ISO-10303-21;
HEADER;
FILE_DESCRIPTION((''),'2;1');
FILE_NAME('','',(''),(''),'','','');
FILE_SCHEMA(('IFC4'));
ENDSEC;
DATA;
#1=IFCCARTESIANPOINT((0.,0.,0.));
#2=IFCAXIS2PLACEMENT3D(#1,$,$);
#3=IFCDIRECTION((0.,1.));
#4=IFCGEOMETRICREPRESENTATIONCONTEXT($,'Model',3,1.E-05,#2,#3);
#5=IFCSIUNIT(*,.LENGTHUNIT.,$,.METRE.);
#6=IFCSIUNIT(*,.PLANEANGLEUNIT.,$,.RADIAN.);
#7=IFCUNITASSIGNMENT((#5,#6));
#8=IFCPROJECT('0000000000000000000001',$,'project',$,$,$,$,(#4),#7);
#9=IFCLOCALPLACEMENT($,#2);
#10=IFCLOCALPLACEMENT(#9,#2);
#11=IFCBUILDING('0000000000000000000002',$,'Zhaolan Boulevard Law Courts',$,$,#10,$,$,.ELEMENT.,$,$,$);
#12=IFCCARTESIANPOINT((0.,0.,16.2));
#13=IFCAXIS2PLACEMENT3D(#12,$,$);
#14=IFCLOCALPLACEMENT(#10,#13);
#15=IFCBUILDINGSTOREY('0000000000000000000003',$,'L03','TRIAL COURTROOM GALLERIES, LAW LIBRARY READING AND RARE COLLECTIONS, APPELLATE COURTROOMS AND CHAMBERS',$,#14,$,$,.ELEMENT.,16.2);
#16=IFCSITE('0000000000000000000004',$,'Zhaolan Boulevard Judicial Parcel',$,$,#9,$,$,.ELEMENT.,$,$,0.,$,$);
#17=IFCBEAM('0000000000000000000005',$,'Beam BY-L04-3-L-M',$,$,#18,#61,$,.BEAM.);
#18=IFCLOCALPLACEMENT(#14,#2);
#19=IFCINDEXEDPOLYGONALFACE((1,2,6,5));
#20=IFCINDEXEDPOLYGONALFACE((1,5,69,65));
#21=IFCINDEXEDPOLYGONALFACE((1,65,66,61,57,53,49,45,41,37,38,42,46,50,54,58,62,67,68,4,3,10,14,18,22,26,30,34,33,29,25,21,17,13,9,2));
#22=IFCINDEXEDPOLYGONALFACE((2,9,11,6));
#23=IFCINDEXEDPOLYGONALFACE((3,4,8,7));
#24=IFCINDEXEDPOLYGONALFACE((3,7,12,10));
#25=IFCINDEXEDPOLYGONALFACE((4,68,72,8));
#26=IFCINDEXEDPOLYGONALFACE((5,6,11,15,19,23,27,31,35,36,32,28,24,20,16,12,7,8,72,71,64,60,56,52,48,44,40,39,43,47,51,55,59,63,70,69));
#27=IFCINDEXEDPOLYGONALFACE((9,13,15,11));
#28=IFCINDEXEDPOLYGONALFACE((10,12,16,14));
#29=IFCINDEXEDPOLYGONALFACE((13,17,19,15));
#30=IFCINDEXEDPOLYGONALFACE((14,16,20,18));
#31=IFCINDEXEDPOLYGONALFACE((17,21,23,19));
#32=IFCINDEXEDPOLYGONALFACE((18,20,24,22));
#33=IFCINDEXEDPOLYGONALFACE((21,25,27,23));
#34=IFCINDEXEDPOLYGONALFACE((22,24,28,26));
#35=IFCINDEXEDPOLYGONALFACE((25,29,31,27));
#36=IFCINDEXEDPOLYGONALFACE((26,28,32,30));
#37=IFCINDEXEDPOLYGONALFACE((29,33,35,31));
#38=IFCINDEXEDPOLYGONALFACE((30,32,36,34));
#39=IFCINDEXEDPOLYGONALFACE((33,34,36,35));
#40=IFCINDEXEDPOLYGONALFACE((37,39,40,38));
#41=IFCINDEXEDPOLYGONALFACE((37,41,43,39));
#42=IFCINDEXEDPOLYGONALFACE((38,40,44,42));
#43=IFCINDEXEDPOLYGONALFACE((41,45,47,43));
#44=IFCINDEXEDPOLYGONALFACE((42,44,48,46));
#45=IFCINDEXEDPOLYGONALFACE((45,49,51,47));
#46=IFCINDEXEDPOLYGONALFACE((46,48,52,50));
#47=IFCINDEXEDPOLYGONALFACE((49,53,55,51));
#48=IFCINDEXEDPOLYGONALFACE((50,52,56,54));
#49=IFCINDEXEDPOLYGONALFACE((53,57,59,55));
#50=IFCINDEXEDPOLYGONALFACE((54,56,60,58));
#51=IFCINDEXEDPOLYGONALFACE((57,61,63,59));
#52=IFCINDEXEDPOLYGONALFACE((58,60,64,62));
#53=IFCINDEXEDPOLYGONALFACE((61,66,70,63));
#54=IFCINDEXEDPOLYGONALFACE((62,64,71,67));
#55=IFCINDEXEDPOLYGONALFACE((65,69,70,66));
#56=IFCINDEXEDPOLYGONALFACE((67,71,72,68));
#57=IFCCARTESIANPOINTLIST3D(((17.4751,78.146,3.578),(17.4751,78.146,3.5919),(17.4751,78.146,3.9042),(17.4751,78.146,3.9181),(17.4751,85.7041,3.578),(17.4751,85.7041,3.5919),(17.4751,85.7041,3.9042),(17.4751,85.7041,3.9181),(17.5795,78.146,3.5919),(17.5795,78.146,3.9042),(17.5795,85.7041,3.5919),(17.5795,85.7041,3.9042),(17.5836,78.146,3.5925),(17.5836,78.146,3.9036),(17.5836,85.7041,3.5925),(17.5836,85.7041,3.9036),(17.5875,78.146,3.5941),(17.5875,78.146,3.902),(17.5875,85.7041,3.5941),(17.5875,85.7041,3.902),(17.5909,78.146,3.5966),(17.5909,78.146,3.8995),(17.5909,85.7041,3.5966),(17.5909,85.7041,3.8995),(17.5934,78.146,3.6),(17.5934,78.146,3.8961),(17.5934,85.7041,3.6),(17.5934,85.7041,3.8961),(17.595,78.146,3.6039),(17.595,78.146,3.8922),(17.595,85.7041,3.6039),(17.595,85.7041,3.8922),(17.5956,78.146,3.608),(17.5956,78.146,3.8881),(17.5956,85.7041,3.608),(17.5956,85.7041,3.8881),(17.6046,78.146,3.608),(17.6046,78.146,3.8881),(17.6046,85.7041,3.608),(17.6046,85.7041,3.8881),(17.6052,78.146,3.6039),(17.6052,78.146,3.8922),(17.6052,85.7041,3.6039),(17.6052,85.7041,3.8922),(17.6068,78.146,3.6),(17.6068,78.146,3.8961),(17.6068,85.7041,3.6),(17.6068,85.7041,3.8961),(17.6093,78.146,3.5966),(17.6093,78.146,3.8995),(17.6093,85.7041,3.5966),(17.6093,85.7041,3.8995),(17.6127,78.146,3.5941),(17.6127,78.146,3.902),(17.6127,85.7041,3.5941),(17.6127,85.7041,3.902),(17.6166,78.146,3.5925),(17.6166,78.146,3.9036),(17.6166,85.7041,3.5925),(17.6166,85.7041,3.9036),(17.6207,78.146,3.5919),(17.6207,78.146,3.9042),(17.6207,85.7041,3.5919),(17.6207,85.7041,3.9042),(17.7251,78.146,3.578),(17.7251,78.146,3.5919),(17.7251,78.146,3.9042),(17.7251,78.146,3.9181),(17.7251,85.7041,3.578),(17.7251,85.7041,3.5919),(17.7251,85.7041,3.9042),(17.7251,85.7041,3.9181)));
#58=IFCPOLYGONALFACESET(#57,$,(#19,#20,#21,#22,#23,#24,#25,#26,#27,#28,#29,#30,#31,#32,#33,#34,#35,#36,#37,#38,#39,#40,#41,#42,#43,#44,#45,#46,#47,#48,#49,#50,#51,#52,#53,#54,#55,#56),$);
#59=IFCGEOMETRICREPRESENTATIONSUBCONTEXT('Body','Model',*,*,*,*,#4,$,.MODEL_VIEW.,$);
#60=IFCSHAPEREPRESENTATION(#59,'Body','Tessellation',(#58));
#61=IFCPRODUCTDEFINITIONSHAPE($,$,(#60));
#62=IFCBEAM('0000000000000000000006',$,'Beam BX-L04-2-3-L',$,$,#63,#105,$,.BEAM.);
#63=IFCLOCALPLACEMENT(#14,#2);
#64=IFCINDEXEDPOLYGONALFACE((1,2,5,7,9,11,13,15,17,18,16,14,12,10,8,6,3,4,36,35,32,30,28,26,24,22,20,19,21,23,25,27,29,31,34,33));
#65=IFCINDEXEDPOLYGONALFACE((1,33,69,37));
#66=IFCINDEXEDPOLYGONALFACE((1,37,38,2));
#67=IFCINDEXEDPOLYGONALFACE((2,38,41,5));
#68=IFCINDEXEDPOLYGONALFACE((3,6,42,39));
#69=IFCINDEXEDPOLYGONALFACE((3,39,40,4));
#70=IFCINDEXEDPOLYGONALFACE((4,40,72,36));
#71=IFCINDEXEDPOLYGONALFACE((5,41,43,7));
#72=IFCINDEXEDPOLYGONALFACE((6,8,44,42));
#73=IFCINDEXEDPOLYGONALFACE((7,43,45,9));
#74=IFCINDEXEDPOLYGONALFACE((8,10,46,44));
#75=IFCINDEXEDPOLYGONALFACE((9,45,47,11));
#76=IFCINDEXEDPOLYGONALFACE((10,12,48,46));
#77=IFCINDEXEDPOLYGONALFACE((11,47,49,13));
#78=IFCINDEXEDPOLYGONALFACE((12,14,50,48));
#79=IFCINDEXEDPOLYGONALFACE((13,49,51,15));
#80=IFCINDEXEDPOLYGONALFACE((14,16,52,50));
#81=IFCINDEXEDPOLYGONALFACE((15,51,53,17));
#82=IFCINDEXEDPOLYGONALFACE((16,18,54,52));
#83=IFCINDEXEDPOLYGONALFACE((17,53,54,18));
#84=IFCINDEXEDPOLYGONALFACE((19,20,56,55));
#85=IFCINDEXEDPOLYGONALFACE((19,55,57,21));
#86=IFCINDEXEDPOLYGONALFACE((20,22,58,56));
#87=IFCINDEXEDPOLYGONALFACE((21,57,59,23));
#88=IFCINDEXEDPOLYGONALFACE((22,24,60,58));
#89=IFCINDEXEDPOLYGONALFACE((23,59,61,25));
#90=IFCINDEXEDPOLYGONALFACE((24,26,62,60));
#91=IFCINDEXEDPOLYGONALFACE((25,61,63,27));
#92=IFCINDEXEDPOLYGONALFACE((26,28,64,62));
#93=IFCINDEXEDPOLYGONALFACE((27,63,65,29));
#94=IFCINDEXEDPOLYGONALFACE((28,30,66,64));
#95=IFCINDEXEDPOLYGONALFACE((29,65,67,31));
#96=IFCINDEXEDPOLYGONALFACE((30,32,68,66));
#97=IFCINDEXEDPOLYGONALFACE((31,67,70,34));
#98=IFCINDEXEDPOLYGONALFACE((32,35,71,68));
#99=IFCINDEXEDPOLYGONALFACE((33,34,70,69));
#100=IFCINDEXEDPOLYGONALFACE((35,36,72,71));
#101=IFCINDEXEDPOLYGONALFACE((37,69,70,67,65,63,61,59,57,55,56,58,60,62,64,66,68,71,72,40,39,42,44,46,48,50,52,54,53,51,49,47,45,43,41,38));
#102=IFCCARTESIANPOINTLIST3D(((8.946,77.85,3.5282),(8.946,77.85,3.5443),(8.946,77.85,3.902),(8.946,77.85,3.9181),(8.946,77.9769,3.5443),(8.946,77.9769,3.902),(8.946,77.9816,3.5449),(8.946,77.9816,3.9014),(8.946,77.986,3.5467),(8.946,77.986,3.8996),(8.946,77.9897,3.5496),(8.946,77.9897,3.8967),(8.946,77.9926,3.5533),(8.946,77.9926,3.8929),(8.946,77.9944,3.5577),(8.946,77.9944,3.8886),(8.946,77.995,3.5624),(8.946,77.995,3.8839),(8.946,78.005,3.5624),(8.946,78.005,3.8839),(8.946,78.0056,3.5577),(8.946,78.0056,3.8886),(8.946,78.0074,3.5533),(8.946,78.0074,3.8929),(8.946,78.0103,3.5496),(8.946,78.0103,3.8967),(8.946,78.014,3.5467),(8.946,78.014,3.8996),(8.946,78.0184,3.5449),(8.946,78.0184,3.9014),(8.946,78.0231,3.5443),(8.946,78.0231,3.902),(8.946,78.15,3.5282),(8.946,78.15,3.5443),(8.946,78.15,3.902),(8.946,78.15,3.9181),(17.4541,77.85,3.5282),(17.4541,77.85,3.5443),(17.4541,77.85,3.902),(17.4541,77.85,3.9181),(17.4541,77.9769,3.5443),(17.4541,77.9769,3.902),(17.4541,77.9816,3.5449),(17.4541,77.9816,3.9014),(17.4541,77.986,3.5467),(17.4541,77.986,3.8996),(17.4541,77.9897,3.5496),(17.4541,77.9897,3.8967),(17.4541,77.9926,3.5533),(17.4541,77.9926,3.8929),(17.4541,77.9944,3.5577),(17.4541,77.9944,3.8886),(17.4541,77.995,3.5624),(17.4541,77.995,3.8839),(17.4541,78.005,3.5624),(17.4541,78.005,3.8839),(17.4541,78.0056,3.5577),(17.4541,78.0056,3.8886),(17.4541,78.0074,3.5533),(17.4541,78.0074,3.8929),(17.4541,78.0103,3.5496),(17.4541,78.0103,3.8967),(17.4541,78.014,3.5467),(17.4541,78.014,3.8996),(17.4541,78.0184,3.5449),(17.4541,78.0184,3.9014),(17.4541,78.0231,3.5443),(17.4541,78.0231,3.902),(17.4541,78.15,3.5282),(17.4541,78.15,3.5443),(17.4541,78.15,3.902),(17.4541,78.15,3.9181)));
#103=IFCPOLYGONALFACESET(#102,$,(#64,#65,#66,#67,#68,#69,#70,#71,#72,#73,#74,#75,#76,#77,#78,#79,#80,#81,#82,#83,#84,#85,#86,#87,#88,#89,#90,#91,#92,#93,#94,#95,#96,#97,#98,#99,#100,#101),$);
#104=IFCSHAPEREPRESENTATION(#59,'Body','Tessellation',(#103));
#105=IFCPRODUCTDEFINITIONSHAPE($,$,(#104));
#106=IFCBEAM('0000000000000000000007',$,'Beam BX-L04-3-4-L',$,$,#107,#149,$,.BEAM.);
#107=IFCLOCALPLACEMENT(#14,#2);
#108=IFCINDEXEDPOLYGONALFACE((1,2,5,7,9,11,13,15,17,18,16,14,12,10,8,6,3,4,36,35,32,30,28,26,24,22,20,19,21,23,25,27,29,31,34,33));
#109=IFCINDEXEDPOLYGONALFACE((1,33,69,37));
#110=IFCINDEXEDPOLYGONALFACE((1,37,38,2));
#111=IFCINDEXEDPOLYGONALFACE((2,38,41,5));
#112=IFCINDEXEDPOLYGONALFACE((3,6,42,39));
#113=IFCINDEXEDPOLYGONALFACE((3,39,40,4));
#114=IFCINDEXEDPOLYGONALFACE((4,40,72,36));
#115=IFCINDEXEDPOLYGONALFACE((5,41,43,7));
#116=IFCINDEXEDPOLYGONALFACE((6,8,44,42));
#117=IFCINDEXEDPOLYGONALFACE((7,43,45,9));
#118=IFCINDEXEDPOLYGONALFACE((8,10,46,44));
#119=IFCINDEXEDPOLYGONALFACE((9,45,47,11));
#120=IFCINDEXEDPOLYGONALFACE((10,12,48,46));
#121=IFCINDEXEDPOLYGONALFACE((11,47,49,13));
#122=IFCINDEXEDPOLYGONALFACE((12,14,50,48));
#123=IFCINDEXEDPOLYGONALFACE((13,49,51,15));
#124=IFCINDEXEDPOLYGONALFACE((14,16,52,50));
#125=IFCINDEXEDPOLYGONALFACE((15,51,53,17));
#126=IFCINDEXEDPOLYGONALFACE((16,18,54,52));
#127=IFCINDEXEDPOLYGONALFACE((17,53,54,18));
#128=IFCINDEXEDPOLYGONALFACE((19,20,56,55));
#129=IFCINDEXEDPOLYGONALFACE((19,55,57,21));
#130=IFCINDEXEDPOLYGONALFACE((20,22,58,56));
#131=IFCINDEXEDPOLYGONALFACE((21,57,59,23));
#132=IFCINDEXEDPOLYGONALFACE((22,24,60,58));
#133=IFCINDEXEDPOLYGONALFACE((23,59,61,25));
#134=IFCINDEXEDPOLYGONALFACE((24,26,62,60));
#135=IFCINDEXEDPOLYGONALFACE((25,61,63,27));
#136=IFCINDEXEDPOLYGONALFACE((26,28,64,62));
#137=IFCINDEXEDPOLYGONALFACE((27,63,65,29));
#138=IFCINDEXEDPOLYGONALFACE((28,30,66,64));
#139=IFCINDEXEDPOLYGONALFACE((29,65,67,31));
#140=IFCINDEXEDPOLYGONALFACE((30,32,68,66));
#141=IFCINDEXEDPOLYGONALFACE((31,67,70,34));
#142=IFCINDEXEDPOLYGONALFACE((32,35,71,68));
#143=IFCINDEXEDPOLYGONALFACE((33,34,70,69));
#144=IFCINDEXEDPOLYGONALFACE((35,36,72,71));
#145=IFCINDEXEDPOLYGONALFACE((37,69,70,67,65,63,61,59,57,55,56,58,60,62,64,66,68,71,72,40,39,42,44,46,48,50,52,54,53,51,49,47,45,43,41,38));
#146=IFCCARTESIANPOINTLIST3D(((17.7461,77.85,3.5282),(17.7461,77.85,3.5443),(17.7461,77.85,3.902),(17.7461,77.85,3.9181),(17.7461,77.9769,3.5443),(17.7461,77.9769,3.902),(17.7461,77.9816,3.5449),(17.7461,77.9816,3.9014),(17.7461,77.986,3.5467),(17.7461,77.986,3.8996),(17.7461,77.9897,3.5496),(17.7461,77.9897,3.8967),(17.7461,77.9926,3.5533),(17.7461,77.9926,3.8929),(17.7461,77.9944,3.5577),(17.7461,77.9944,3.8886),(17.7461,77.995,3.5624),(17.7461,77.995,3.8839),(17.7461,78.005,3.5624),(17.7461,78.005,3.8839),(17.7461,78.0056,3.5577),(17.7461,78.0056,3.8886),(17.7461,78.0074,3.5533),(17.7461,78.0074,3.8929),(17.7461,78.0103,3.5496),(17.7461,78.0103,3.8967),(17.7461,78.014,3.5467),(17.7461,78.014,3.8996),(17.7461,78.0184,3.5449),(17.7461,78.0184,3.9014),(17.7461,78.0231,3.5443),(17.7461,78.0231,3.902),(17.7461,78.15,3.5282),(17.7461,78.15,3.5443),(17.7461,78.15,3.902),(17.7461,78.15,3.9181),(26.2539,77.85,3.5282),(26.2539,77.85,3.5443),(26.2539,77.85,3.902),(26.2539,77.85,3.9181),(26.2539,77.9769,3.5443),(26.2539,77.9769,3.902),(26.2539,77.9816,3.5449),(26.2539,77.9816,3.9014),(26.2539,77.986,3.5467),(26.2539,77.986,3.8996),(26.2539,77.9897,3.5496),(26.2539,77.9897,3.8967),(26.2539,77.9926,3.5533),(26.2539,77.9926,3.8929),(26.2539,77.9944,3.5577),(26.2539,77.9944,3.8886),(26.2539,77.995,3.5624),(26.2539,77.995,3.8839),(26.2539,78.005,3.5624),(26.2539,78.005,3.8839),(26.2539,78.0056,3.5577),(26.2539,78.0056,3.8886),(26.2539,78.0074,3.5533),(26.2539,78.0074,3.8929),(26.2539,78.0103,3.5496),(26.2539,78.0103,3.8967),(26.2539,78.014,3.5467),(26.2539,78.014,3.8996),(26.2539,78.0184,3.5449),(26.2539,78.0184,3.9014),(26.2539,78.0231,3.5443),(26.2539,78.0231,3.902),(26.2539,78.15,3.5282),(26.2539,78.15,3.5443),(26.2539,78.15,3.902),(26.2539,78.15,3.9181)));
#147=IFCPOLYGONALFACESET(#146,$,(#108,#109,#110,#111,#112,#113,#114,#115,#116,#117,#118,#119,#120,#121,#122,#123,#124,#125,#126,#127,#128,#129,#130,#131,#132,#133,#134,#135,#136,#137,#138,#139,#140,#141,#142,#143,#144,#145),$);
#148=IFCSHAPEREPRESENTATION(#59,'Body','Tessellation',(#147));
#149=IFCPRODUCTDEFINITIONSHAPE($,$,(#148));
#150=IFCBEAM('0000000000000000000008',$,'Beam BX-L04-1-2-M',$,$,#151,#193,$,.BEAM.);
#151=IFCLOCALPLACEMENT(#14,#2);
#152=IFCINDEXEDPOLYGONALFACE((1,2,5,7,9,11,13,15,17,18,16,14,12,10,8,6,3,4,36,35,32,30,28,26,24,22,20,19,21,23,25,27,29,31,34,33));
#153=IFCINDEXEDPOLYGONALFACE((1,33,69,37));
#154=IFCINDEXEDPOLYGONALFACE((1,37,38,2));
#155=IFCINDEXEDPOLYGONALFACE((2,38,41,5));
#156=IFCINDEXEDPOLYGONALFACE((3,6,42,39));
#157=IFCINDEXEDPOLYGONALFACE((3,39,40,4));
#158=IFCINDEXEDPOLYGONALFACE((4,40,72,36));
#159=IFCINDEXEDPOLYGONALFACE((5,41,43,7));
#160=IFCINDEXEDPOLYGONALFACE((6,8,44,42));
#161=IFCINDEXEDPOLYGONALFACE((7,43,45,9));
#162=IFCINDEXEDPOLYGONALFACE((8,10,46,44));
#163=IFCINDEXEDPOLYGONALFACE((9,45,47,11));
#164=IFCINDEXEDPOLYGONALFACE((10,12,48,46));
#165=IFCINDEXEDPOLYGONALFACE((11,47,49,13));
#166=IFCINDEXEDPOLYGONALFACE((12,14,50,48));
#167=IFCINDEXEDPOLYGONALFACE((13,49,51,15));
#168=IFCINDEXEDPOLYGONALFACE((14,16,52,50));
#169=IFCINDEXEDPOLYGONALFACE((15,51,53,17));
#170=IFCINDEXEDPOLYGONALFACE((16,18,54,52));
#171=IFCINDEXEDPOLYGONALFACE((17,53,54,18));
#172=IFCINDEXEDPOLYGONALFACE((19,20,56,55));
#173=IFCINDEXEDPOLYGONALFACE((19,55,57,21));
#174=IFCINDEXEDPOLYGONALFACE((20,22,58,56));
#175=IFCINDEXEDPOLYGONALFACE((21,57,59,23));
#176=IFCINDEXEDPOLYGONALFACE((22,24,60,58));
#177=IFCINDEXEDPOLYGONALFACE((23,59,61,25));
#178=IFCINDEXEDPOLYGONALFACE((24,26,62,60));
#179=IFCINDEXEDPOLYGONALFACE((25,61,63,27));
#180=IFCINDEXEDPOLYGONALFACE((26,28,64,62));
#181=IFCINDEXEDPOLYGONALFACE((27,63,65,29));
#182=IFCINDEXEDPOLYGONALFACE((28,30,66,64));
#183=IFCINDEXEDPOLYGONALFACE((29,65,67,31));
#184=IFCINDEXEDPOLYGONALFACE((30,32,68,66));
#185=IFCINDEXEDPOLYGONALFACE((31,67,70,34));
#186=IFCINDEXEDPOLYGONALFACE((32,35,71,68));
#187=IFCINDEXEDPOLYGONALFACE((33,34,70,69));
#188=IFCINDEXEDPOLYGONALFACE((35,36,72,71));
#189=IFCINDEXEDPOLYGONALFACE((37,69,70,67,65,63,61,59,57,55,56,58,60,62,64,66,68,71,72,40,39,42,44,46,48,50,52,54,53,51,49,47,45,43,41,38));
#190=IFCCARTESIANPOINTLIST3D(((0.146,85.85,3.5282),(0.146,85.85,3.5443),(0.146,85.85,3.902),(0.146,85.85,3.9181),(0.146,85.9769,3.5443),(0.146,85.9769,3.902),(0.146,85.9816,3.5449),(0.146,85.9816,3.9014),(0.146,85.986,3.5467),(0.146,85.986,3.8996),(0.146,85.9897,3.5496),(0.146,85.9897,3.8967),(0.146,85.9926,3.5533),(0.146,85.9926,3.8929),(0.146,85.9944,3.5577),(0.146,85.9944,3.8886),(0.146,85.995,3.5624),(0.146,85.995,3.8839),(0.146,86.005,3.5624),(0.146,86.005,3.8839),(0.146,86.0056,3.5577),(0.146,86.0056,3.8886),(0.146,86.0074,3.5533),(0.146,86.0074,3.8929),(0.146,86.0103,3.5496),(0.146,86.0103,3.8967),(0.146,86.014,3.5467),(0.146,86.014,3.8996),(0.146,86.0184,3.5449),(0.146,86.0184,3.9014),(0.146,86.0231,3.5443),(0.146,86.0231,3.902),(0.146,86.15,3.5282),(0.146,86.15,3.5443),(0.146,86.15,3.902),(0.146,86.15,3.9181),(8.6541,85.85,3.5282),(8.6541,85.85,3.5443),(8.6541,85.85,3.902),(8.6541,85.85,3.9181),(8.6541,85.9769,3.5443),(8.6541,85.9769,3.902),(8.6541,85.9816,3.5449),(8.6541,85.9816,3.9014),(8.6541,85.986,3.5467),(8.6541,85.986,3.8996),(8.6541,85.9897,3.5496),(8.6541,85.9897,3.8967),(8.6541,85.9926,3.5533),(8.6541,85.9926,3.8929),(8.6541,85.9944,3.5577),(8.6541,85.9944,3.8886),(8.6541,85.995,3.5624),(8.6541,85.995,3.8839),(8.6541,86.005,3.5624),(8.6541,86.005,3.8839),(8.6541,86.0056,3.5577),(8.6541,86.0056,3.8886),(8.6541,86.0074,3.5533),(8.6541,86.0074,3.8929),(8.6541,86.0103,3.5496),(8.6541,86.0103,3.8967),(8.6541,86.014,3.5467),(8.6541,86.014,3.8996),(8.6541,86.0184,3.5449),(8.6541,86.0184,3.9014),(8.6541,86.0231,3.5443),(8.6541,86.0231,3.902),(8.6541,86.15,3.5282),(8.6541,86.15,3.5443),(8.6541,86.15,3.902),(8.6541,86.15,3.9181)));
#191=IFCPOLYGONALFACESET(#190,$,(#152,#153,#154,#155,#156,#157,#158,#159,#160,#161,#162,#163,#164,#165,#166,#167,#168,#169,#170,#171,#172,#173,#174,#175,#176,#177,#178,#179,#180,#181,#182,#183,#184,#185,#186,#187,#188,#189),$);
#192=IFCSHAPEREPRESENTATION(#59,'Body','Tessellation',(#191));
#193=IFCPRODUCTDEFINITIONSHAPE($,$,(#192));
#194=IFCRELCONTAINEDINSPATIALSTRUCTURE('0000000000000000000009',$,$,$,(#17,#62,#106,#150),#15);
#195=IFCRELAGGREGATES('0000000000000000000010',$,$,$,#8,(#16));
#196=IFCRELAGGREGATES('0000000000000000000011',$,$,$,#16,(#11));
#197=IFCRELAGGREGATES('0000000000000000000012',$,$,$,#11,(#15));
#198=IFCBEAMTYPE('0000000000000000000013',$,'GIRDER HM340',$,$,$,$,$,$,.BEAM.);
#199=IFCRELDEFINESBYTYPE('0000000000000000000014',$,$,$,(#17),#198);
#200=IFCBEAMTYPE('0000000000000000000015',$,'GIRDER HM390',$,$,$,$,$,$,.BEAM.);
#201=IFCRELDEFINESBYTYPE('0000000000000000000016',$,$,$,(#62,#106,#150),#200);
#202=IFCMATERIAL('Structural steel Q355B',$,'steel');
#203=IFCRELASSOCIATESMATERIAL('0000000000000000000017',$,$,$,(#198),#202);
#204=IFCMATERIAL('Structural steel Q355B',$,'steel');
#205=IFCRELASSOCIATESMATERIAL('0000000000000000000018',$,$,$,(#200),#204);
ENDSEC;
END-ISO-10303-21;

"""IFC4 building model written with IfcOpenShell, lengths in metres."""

from ifc_helpers import new_model, si_unit, direction, frame, origin, origin_2d, place, context, subcontext, project, spatial, i_section, extrude, material, material_profile, profile_set, type_object, element, save


model = new_model("IFC4")

# Units and contexts
model_context = context("Model", 3, precision=1e-05, world=origin(), true_north=direction((0.0, 1.0)))
body_context = subcontext(model_context, "Body", "Model", "MODEL_VIEW")
ifc_project = project(units=[si_unit("LENGTHUNIT", "METRE"), si_unit("PLANEANGLEUNIT", "RADIAN")], contexts=[model_context])

# Site, building, storey
site_placement = place(None, origin())
site = spatial("IfcSite", under=ifc_project, at=site_placement, Name="Zhaolan Boulevard Judicial Parcel", CompositionType="ELEMENT", RefElevation=0.0)
building_placement = place(site_placement, origin())
building = spatial("IfcBuilding", under=site, at=building_placement, Name="Zhaolan Boulevard Law Courts", CompositionType="ELEMENT")
storey_placement = place(building_placement, frame((0.0, 0.0, 16.2)))
storey = spatial("IfcBuildingStorey", under=building, at=storey_placement, Name="L03", Description="TRIAL COURTROOM GALLERIES, LAW LIBRARY READING AND RARE COLLECTIONS, APPELLATE COURTROOMS AND CHAMBERS", CompositionType="ELEMENT", Elevation=16.2)

# Beams
ifc_material_1 = material(Name="Structural steel Q355B", Category="steel")
ifc_material_profile_1 = material_profile(ifc_material_1, i_section(OverallWidth=0.25, OverallDepth=0.3401, WebThickness=0.009, FlangeThickness=0.0139, FilletRadius=0.0161, at=origin_2d()), Name="HM340x250")
ifc_profile_set_1 = profile_set([ifc_material_profile_1], Name="Structural steel Q355B")
beam_type_1 = type_object("IfcBeamType", Name="GIRDER HM340", PredefinedType="BEAM", material=ifc_profile_set_1)
beam_1_placement = place(storey_placement, frame((17.6001, 78.146, 3.748), z_axis=(0.0, 1.0, 0.0), x_axis=(-1.0, 0.0, 0.0)))
element("IfcBeam", 1, at=beam_1_placement, inside=storey, type_object=beam_type_1, Name="Beam BY-L04-3-L-M", PredefinedType="BEAM", context=body_context, shape_type="SweptSolid", body=[
    extrude(i_section(OverallWidth=0.25, OverallDepth=0.3401, WebThickness=0.009, FlangeThickness=0.0139, FilletRadius=0.0161, at=origin_2d()), origin(), (0.0, 0.0, 1.0), 7.5581),
])
ifc_material_2 = material(Name="Structural steel Q355B", Category="steel")
ifc_material_profile_2 = material_profile(ifc_material_2, i_section(OverallWidth=0.3, OverallDepth=0.3899, WebThickness=0.01, FlangeThickness=0.0161, FilletRadius=0.0181, at=origin_2d()), Name="HM390x300")
ifc_profile_set_2 = profile_set([ifc_material_profile_2], Name="Structural steel Q355B")
beam_type_2 = type_object("IfcBeamType", Name="GIRDER HM390", PredefinedType="BEAM", material=ifc_profile_set_2)
beam_2_placement = place(storey_placement, frame((8.946, 78.0, 3.7231), z_axis=(1.0, 0.0, 0.0), x_axis=(0.0, 1.0, 0.0)))
element("IfcBeam", 2, at=beam_2_placement, inside=storey, type_object=beam_type_2, Name="Beam BX-L04-2-3-L", PredefinedType="BEAM", context=body_context, shape_type="SweptSolid", body=[
    extrude(i_section(OverallWidth=0.3, OverallDepth=0.3899, WebThickness=0.01, FlangeThickness=0.0161, FilletRadius=0.0181, at=origin_2d()), origin(), (0.0, 0.0, 1.0), 8.5081),
])
beam_3_placement = place(storey_placement, frame((17.7461, 78.0, 3.7231), z_axis=(1.0, 0.0, 0.0), x_axis=(0.0, 1.0, 0.0)))
element("IfcBeam", 3, at=beam_3_placement, inside=storey, type_object=beam_type_2, Name="Beam BX-L04-3-4-L", PredefinedType="BEAM", context=body_context, shape_type="SweptSolid", body=[
    extrude(i_section(OverallWidth=0.3, OverallDepth=0.3899, WebThickness=0.01, FlangeThickness=0.0161, FilletRadius=0.0181, at=origin_2d()), origin(), (0.0, 0.0, 1.0), 8.5078),
])
beam_4_placement = place(storey_placement, frame((0.146, 86.0, 3.7231), z_axis=(1.0, 0.0, 0.0), x_axis=(0.0, 1.0, 0.0)))
element("IfcBeam", 4, at=beam_4_placement, inside=storey, type_object=beam_type_2, Name="Beam BX-L04-1-2-M", PredefinedType="BEAM", context=body_context, shape_type="SweptSolid", body=[
    extrude(i_section(OverallWidth=0.3, OverallDepth=0.3899, WebThickness=0.01, FlangeThickness=0.0161, FilletRadius=0.0181, at=origin_2d()), origin(), (0.0, 0.0, 1.0), 8.5081),
])

save(model, "model.ifc")
